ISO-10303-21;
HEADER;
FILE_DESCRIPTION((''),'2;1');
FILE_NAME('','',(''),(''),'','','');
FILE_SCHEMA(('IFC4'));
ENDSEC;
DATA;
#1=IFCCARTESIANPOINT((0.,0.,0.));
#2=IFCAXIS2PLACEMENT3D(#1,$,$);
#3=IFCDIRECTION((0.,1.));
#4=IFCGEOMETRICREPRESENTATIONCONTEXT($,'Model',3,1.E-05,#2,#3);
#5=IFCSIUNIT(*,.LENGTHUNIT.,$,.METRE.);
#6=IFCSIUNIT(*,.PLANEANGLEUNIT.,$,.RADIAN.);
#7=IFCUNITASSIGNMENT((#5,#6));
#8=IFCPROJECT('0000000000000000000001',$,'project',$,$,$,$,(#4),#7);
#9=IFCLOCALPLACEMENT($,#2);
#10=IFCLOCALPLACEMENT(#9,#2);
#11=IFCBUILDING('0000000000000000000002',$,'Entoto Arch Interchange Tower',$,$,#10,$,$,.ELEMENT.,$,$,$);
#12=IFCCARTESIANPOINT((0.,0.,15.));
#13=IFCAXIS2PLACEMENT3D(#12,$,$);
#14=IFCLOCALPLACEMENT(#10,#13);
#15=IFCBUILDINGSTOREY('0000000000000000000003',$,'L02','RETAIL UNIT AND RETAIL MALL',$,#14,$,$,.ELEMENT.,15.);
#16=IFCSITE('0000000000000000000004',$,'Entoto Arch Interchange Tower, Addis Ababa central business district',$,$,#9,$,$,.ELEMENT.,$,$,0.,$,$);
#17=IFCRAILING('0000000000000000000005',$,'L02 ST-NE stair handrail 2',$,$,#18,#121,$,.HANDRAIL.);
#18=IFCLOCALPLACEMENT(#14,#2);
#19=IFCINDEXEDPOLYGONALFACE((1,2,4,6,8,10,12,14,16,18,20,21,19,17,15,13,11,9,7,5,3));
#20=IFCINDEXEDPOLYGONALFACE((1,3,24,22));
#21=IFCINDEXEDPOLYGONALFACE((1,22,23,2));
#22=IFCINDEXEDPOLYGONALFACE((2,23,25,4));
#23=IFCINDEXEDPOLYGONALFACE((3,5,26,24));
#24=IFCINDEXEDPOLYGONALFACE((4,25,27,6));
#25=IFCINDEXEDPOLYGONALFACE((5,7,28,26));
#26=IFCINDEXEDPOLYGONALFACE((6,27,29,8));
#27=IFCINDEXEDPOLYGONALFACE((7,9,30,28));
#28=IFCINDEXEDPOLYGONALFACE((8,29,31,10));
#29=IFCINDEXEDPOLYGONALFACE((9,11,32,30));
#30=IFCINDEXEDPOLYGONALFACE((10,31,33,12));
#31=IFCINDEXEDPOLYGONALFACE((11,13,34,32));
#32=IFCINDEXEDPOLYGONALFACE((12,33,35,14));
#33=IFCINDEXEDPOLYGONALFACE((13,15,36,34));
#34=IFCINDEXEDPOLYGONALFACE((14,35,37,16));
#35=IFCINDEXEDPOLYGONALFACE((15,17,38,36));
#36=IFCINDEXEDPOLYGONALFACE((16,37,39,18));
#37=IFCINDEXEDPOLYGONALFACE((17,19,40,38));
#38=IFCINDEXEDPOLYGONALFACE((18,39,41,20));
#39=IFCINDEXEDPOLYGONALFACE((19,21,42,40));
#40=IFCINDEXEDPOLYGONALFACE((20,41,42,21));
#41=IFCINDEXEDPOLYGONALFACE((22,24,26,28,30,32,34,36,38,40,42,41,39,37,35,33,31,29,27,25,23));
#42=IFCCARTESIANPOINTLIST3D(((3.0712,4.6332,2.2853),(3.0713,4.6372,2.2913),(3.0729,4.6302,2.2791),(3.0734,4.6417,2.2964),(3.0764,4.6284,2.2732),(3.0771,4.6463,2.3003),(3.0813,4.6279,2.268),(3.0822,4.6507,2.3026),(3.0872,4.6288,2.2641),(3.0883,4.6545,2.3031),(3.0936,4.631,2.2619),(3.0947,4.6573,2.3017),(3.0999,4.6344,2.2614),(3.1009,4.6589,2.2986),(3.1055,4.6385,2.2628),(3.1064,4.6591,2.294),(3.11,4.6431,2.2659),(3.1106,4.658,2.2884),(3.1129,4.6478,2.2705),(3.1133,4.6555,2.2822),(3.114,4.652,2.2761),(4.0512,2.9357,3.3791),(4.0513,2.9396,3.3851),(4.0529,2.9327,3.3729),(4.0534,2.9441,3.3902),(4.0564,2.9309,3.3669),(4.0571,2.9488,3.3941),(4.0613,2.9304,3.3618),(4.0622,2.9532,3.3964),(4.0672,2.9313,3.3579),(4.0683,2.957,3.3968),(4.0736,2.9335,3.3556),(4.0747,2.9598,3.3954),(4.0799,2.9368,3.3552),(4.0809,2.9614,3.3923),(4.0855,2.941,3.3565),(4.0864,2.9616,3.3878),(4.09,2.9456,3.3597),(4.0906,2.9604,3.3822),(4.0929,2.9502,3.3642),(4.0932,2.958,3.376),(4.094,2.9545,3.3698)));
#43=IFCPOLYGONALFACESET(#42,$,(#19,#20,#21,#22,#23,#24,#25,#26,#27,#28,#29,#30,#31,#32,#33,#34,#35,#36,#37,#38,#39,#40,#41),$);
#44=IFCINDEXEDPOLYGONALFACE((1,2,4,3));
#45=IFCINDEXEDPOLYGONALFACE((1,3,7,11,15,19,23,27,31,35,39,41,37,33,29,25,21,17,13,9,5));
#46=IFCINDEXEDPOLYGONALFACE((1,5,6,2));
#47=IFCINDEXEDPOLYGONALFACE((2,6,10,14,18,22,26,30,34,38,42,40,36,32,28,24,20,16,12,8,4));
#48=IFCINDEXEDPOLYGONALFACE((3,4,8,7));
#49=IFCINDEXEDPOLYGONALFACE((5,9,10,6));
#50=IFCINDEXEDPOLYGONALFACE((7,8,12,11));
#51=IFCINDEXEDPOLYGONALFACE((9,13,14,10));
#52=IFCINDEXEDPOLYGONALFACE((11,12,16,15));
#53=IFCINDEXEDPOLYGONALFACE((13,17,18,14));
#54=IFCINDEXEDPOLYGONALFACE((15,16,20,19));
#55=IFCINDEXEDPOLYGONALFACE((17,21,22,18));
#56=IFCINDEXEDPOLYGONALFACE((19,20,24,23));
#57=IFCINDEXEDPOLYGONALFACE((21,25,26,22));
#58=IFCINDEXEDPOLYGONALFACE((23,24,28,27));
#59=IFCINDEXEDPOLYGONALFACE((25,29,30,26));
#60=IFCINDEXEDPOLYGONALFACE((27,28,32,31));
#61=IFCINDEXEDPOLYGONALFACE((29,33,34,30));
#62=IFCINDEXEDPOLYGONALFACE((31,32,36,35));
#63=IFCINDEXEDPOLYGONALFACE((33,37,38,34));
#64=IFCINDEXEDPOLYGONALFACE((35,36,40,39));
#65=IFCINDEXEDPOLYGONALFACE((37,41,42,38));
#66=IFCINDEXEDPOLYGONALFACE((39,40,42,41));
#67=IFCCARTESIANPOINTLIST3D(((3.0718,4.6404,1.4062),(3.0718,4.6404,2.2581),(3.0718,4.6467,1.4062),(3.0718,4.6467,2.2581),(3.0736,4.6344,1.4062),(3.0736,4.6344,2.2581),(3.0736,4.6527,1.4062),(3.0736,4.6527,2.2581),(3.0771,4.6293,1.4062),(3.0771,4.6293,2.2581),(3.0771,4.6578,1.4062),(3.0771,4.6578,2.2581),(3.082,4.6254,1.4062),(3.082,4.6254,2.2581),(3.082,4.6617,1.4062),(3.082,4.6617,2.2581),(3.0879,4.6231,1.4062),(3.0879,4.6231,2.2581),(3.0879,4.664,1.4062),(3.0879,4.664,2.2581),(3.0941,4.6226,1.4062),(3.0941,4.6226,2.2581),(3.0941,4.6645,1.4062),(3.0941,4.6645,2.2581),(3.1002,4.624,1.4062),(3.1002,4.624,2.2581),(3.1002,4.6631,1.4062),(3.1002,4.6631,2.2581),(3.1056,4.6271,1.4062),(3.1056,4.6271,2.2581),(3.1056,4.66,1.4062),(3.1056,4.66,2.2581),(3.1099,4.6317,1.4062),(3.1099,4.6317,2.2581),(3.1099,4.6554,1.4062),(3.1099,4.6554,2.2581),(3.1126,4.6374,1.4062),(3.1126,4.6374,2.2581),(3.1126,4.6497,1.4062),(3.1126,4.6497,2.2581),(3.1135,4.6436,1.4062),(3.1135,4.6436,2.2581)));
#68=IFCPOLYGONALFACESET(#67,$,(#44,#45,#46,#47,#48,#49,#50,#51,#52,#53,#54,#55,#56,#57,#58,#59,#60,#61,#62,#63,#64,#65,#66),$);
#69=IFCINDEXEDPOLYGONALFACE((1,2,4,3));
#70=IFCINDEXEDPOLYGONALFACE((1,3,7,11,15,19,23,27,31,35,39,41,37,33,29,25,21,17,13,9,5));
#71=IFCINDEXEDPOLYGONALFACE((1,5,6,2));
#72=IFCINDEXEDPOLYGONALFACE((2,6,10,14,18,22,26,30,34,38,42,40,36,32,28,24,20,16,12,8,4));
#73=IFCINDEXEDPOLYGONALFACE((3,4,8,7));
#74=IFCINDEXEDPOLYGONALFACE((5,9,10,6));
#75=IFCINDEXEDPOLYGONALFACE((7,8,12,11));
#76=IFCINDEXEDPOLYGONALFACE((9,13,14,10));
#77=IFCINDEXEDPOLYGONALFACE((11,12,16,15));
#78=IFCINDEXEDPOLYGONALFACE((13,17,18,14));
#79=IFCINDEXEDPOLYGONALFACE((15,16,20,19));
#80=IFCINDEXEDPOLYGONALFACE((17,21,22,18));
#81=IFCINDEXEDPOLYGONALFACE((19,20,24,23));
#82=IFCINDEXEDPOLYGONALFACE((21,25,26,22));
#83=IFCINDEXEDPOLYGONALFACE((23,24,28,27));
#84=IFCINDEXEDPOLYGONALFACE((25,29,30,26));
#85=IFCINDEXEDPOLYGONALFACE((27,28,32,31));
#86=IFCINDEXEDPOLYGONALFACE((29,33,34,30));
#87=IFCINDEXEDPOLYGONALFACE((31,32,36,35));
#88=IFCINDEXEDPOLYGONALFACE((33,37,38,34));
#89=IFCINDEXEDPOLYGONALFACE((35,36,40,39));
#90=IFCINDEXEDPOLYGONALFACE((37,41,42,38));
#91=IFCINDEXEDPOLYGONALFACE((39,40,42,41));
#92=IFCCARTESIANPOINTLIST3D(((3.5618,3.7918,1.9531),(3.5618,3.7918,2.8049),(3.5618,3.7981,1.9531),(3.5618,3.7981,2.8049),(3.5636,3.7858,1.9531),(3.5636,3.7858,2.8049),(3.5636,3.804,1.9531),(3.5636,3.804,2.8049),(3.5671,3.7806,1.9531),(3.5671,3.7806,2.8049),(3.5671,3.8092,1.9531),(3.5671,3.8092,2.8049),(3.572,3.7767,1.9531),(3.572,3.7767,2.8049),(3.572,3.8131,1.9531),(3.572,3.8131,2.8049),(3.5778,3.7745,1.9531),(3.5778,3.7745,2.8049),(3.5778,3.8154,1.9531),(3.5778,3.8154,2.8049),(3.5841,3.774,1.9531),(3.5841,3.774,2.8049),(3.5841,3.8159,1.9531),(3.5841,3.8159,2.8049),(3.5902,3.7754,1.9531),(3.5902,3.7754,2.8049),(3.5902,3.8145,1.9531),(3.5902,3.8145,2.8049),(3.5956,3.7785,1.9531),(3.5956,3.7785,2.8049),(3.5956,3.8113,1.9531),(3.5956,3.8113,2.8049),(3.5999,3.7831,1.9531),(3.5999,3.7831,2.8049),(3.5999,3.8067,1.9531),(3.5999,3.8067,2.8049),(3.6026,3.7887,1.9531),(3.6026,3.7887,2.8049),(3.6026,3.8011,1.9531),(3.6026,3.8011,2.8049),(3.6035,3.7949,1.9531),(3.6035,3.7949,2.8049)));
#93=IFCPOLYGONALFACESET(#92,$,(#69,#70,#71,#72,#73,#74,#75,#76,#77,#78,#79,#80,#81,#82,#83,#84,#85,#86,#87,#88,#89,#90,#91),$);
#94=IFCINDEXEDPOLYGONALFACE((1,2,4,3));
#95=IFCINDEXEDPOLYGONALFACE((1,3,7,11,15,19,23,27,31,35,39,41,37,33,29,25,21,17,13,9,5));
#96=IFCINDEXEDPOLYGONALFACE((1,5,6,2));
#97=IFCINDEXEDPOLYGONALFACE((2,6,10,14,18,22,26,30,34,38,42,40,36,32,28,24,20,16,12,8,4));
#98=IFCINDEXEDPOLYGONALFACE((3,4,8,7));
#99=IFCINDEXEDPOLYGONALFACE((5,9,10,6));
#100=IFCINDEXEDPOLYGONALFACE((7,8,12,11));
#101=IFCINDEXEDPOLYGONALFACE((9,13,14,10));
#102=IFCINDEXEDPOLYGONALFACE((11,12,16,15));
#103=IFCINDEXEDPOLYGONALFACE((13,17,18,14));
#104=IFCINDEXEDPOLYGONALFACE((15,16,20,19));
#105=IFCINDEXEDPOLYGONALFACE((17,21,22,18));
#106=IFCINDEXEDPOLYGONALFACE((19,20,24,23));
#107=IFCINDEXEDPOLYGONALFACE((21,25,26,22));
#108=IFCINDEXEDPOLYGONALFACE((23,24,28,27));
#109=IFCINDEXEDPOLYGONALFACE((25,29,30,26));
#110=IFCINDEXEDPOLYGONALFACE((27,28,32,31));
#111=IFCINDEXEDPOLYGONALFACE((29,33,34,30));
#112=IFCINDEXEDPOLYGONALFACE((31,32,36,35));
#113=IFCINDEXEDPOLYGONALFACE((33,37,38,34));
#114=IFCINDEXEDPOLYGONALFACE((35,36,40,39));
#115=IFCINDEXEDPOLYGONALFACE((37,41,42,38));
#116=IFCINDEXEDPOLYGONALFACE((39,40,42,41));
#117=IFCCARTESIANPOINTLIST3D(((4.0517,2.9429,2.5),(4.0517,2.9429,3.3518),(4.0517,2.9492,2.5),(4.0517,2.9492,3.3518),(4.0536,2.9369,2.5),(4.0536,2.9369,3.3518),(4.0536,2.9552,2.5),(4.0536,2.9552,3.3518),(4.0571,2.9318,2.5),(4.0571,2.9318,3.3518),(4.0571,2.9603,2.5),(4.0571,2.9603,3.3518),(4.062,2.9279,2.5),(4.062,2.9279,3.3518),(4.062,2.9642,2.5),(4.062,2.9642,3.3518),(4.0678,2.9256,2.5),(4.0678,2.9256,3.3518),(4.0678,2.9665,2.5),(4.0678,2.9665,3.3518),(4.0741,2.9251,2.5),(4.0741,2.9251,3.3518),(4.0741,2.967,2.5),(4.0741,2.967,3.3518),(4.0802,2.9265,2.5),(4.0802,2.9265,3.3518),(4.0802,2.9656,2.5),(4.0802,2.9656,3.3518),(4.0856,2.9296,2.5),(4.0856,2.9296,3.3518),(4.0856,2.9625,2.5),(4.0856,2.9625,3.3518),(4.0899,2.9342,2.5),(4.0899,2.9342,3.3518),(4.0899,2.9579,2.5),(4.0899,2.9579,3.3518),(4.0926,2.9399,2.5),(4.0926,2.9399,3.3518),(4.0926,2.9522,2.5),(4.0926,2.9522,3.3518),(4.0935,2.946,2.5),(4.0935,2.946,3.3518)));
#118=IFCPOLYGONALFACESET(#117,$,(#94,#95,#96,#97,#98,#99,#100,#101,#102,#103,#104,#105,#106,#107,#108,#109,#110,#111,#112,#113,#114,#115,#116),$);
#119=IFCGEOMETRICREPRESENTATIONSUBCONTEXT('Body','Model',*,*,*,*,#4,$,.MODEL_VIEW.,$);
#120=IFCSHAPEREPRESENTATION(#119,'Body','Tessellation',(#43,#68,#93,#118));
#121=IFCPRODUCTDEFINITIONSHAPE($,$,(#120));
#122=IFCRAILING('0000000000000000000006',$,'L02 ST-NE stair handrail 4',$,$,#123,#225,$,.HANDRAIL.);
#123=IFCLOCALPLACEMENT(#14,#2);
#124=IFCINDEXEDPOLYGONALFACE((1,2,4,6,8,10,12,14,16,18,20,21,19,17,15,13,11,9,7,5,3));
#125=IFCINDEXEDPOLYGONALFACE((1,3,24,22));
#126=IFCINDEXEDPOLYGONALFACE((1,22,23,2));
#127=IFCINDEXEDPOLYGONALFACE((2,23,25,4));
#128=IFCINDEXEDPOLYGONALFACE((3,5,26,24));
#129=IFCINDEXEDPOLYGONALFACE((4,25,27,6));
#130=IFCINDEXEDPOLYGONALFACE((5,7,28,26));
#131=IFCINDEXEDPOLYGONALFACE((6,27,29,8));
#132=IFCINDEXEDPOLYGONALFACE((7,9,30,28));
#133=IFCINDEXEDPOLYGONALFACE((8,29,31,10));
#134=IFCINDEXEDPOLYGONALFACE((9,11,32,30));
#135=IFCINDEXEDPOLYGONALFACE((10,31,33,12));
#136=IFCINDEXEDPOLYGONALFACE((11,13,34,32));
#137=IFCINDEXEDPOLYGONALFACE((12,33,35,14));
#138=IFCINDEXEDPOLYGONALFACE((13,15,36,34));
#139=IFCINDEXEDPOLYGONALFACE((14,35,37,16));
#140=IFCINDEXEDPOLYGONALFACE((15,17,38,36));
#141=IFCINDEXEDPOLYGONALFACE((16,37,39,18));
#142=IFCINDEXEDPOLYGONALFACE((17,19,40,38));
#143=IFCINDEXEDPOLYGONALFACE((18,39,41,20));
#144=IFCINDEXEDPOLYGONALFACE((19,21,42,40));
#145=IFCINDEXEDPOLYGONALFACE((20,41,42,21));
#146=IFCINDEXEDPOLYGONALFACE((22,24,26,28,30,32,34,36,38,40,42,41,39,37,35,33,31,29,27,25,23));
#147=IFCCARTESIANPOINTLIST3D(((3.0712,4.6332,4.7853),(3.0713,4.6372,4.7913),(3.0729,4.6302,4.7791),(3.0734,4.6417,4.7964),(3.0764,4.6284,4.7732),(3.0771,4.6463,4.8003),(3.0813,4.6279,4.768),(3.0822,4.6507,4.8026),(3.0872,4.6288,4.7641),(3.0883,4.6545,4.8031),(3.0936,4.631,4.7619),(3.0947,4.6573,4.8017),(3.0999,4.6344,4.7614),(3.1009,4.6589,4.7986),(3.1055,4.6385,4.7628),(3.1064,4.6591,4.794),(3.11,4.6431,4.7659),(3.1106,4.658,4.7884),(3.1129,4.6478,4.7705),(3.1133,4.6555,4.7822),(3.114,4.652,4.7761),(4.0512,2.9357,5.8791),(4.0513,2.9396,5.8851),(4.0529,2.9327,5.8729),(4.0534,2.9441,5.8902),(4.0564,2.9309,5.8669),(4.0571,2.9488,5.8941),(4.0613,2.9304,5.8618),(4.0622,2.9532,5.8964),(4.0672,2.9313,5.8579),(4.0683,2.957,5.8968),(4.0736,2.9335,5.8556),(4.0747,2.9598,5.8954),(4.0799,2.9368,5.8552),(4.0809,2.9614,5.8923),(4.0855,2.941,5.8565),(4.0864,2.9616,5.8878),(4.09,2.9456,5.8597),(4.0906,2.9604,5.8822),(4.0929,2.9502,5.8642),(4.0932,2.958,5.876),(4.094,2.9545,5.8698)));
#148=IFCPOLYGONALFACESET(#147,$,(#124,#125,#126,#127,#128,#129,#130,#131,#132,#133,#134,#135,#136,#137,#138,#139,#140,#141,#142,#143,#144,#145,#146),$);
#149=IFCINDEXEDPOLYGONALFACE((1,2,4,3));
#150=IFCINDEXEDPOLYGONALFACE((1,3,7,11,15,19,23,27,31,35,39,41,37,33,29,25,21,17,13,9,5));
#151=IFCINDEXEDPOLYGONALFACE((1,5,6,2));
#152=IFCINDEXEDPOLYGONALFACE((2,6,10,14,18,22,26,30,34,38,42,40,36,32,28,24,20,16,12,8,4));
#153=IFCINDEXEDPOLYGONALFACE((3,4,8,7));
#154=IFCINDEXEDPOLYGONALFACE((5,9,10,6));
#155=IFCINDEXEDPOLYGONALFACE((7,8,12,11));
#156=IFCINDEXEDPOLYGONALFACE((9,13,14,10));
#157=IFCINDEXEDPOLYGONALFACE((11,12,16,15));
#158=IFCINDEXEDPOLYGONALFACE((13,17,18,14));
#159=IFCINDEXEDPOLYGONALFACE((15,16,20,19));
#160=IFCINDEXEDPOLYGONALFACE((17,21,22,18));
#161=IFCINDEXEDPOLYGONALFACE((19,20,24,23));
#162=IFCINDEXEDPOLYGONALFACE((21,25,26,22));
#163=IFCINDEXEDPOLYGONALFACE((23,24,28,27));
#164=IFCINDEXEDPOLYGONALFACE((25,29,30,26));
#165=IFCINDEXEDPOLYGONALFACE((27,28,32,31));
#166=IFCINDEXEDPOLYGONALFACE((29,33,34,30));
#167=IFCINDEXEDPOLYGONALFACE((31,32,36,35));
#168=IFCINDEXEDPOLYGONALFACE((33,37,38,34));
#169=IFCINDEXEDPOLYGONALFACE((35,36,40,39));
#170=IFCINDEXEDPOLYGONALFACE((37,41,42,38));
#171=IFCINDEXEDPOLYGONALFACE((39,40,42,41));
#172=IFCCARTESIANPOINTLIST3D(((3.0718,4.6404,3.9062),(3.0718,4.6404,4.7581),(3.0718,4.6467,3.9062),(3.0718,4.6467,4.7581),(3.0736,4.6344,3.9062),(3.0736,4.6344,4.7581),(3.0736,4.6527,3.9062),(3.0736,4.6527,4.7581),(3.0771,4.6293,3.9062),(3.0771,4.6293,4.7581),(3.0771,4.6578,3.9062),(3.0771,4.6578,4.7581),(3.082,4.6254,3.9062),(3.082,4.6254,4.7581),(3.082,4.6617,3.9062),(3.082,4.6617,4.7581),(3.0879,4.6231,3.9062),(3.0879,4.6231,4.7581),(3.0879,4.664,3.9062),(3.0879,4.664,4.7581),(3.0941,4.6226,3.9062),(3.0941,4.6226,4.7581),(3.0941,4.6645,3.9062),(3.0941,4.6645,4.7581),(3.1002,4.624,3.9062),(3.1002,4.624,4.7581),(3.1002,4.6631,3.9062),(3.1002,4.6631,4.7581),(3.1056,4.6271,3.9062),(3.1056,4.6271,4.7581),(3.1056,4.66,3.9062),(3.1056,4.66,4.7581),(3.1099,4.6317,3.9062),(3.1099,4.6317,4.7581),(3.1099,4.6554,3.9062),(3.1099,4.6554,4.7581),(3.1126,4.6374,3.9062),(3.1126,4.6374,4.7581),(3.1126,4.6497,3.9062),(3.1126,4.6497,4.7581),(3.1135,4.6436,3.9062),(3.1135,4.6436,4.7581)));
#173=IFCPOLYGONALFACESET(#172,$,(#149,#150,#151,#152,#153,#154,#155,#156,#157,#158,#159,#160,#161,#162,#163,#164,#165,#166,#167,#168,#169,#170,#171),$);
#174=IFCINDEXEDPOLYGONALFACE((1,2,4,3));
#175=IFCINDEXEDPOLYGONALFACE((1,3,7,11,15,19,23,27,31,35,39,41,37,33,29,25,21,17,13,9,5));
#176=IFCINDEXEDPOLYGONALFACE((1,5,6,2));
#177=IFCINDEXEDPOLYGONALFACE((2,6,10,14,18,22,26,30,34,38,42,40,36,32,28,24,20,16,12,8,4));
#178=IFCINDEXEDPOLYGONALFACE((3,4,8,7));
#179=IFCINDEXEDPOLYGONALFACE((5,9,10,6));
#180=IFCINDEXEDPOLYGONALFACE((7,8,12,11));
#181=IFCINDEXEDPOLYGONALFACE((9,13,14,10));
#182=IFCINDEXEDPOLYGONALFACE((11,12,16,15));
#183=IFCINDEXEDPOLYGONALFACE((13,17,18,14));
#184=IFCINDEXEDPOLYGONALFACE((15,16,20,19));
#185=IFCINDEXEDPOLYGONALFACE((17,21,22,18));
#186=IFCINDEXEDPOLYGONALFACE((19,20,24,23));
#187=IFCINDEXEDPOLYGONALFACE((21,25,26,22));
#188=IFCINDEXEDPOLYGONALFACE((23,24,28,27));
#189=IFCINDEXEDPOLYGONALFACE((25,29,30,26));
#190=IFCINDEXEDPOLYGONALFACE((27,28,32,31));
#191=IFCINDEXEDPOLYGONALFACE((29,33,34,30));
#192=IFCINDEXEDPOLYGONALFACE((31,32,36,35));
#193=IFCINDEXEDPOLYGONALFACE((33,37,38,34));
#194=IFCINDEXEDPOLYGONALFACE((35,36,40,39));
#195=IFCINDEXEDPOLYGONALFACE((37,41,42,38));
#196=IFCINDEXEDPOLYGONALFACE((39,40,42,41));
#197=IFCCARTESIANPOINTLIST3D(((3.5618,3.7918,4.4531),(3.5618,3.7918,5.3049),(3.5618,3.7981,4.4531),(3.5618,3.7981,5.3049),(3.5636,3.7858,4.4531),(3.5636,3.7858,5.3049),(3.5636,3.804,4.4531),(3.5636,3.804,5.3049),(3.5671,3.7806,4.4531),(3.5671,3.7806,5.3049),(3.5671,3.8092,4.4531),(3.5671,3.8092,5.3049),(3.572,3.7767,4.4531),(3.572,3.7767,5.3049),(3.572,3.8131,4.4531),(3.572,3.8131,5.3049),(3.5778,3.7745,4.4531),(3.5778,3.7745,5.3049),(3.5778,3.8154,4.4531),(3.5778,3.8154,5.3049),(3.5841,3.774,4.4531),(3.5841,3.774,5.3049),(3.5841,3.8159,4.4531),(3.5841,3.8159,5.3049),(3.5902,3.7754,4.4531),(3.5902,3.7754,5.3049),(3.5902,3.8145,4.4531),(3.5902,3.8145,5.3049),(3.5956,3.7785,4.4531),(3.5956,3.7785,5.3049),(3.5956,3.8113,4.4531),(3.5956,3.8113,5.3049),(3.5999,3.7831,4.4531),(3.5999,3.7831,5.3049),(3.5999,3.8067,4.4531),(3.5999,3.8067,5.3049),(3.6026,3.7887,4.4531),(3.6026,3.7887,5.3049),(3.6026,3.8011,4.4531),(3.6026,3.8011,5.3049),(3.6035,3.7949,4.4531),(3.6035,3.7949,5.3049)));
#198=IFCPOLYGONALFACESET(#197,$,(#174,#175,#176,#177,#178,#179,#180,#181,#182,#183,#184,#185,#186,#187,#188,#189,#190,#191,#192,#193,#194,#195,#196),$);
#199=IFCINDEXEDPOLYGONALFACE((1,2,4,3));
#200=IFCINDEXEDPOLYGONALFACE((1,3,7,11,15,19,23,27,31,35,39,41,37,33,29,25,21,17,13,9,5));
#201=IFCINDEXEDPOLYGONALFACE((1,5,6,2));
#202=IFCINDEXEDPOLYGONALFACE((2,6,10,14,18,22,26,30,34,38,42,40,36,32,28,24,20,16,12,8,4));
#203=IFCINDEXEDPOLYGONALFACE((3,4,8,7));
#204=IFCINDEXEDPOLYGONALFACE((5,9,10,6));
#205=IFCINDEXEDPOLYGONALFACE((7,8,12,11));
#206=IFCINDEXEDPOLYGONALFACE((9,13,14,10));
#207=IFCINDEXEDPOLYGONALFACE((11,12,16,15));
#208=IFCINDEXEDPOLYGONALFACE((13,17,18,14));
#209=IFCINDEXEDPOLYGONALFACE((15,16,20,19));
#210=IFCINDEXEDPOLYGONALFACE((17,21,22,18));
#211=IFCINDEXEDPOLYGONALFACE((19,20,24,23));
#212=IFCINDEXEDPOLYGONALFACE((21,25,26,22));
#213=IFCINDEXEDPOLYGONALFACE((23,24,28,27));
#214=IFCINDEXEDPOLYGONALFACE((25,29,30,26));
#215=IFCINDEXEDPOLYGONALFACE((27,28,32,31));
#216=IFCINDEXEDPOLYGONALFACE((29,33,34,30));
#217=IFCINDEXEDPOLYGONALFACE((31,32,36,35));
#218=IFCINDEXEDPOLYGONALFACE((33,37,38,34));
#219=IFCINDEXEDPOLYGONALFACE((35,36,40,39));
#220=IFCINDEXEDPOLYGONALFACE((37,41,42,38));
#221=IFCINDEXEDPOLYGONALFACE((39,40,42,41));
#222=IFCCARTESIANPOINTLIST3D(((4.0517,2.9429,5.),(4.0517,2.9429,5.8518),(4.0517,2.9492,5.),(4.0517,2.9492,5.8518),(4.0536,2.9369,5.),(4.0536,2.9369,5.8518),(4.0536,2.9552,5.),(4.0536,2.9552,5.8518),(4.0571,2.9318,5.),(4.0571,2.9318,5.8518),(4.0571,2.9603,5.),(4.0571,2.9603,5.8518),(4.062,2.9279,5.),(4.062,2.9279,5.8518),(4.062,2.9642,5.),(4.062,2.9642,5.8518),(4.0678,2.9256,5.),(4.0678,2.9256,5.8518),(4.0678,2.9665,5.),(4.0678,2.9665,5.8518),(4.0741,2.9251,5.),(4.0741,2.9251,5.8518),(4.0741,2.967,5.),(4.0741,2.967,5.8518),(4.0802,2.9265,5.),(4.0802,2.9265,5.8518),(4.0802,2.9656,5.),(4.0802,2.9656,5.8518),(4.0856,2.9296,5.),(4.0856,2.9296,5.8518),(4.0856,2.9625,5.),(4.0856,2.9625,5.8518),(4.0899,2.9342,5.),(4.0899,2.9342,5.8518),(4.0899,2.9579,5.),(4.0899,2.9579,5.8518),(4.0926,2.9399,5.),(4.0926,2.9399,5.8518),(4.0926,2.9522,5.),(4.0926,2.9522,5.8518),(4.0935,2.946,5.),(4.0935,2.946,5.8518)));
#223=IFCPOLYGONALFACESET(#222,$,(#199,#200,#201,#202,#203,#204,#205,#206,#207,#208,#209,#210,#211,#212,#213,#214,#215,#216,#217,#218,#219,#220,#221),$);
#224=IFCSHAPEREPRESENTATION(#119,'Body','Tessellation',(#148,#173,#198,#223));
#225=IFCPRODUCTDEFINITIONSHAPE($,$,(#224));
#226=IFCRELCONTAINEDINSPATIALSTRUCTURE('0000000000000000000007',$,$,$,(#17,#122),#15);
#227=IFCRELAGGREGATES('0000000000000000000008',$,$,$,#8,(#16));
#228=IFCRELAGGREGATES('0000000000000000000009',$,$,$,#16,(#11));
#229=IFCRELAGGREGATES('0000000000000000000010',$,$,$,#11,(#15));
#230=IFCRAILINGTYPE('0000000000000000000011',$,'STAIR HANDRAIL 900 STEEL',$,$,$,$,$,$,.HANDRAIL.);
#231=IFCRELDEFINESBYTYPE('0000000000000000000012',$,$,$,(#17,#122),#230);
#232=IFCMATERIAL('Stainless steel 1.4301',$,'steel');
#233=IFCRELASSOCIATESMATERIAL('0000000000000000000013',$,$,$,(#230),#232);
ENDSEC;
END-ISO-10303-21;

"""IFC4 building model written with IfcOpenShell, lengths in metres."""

from ifc_helpers import new_model, si_unit, direction, frame, origin, origin_2d, place, context, subcontext, project, spatial, circle, extrude, material, type_object, element, save


model = new_model("IFC4")

# Units and contexts
model_context = context("Model", 3, precision=1e-05, world=origin(), true_north=direction((0.0, 1.0)))
body_context = subcontext(model_context, "Body", "Model", "MODEL_VIEW")
ifc_project = project(units=[si_unit("LENGTHUNIT", "METRE"), si_unit("PLANEANGLEUNIT", "RADIAN")], contexts=[model_context])

# Site, building, storey
site_placement = place(None, origin())
site = spatial("IfcSite", under=ifc_project, at=site_placement, Name="Entoto Arch Interchange Tower, Addis Ababa central business district", CompositionType="ELEMENT", RefElevation=0.0)
building_placement = place(site_placement, origin())
building = spatial("IfcBuilding", under=site, at=building_placement, Name="Entoto Arch Interchange Tower", CompositionType="ELEMENT")
storey_placement = place(building_placement, frame((0.0, 0.0, 15.0)))
storey = spatial("IfcBuildingStorey", under=building, at=storey_placement, Name="L02", Description="RETAIL UNIT AND RETAIL MALL", CompositionType="ELEMENT", Elevation=15.0)

# Railings
ifc_material_1 = material(Name="Stainless steel 1.4301", Category="steel")
railing_type_1 = type_object("IfcRailingType", Name="STAIR HANDRAIL 900 STEEL", PredefinedType="HANDRAIL", material=ifc_material_1)
for number, where, name in (
    (1, (3.0925, 4.6436, 1.4062), "L02 ST-NE stair handrail 2"),
    (2, (3.0925, 4.6436, 3.9062), "L02 ST-NE stair handrail 4"),
):
    element("IfcRailing", number, at=place(storey_placement, frame(where)), inside=storey, type_object=railing_type_1, Name=name, PredefinedType="HANDRAIL", context=body_context, shape_type="SweptSolid", body=[
        extrude(circle(Radius=0.0239, at=origin_2d()), frame((0.0, 0.0, 0.876), z_axis=(0.436596, -0.756267, 0.487282), x_axis=(0.866042, 0.49997, 0.0)), (0.0, 0.0, 1.0), 2.2446),
        extrude(circle(Radius=0.021, at=origin_2d()), origin(), (0.0, 0.0, 1.0), 0.8518),
        extrude(circle(Radius=0.021, at=origin_2d()), frame((0.49, -0.8486, 0.5469)), (0.0, 0.0, 1.0), 0.8518),
        extrude(circle(Radius=0.021, at=origin_2d()), frame((0.98, -1.6975, 1.0938)), (0.0, 0.0, 1.0), 0.8518),
    ])

save(model, "model.ifc")
